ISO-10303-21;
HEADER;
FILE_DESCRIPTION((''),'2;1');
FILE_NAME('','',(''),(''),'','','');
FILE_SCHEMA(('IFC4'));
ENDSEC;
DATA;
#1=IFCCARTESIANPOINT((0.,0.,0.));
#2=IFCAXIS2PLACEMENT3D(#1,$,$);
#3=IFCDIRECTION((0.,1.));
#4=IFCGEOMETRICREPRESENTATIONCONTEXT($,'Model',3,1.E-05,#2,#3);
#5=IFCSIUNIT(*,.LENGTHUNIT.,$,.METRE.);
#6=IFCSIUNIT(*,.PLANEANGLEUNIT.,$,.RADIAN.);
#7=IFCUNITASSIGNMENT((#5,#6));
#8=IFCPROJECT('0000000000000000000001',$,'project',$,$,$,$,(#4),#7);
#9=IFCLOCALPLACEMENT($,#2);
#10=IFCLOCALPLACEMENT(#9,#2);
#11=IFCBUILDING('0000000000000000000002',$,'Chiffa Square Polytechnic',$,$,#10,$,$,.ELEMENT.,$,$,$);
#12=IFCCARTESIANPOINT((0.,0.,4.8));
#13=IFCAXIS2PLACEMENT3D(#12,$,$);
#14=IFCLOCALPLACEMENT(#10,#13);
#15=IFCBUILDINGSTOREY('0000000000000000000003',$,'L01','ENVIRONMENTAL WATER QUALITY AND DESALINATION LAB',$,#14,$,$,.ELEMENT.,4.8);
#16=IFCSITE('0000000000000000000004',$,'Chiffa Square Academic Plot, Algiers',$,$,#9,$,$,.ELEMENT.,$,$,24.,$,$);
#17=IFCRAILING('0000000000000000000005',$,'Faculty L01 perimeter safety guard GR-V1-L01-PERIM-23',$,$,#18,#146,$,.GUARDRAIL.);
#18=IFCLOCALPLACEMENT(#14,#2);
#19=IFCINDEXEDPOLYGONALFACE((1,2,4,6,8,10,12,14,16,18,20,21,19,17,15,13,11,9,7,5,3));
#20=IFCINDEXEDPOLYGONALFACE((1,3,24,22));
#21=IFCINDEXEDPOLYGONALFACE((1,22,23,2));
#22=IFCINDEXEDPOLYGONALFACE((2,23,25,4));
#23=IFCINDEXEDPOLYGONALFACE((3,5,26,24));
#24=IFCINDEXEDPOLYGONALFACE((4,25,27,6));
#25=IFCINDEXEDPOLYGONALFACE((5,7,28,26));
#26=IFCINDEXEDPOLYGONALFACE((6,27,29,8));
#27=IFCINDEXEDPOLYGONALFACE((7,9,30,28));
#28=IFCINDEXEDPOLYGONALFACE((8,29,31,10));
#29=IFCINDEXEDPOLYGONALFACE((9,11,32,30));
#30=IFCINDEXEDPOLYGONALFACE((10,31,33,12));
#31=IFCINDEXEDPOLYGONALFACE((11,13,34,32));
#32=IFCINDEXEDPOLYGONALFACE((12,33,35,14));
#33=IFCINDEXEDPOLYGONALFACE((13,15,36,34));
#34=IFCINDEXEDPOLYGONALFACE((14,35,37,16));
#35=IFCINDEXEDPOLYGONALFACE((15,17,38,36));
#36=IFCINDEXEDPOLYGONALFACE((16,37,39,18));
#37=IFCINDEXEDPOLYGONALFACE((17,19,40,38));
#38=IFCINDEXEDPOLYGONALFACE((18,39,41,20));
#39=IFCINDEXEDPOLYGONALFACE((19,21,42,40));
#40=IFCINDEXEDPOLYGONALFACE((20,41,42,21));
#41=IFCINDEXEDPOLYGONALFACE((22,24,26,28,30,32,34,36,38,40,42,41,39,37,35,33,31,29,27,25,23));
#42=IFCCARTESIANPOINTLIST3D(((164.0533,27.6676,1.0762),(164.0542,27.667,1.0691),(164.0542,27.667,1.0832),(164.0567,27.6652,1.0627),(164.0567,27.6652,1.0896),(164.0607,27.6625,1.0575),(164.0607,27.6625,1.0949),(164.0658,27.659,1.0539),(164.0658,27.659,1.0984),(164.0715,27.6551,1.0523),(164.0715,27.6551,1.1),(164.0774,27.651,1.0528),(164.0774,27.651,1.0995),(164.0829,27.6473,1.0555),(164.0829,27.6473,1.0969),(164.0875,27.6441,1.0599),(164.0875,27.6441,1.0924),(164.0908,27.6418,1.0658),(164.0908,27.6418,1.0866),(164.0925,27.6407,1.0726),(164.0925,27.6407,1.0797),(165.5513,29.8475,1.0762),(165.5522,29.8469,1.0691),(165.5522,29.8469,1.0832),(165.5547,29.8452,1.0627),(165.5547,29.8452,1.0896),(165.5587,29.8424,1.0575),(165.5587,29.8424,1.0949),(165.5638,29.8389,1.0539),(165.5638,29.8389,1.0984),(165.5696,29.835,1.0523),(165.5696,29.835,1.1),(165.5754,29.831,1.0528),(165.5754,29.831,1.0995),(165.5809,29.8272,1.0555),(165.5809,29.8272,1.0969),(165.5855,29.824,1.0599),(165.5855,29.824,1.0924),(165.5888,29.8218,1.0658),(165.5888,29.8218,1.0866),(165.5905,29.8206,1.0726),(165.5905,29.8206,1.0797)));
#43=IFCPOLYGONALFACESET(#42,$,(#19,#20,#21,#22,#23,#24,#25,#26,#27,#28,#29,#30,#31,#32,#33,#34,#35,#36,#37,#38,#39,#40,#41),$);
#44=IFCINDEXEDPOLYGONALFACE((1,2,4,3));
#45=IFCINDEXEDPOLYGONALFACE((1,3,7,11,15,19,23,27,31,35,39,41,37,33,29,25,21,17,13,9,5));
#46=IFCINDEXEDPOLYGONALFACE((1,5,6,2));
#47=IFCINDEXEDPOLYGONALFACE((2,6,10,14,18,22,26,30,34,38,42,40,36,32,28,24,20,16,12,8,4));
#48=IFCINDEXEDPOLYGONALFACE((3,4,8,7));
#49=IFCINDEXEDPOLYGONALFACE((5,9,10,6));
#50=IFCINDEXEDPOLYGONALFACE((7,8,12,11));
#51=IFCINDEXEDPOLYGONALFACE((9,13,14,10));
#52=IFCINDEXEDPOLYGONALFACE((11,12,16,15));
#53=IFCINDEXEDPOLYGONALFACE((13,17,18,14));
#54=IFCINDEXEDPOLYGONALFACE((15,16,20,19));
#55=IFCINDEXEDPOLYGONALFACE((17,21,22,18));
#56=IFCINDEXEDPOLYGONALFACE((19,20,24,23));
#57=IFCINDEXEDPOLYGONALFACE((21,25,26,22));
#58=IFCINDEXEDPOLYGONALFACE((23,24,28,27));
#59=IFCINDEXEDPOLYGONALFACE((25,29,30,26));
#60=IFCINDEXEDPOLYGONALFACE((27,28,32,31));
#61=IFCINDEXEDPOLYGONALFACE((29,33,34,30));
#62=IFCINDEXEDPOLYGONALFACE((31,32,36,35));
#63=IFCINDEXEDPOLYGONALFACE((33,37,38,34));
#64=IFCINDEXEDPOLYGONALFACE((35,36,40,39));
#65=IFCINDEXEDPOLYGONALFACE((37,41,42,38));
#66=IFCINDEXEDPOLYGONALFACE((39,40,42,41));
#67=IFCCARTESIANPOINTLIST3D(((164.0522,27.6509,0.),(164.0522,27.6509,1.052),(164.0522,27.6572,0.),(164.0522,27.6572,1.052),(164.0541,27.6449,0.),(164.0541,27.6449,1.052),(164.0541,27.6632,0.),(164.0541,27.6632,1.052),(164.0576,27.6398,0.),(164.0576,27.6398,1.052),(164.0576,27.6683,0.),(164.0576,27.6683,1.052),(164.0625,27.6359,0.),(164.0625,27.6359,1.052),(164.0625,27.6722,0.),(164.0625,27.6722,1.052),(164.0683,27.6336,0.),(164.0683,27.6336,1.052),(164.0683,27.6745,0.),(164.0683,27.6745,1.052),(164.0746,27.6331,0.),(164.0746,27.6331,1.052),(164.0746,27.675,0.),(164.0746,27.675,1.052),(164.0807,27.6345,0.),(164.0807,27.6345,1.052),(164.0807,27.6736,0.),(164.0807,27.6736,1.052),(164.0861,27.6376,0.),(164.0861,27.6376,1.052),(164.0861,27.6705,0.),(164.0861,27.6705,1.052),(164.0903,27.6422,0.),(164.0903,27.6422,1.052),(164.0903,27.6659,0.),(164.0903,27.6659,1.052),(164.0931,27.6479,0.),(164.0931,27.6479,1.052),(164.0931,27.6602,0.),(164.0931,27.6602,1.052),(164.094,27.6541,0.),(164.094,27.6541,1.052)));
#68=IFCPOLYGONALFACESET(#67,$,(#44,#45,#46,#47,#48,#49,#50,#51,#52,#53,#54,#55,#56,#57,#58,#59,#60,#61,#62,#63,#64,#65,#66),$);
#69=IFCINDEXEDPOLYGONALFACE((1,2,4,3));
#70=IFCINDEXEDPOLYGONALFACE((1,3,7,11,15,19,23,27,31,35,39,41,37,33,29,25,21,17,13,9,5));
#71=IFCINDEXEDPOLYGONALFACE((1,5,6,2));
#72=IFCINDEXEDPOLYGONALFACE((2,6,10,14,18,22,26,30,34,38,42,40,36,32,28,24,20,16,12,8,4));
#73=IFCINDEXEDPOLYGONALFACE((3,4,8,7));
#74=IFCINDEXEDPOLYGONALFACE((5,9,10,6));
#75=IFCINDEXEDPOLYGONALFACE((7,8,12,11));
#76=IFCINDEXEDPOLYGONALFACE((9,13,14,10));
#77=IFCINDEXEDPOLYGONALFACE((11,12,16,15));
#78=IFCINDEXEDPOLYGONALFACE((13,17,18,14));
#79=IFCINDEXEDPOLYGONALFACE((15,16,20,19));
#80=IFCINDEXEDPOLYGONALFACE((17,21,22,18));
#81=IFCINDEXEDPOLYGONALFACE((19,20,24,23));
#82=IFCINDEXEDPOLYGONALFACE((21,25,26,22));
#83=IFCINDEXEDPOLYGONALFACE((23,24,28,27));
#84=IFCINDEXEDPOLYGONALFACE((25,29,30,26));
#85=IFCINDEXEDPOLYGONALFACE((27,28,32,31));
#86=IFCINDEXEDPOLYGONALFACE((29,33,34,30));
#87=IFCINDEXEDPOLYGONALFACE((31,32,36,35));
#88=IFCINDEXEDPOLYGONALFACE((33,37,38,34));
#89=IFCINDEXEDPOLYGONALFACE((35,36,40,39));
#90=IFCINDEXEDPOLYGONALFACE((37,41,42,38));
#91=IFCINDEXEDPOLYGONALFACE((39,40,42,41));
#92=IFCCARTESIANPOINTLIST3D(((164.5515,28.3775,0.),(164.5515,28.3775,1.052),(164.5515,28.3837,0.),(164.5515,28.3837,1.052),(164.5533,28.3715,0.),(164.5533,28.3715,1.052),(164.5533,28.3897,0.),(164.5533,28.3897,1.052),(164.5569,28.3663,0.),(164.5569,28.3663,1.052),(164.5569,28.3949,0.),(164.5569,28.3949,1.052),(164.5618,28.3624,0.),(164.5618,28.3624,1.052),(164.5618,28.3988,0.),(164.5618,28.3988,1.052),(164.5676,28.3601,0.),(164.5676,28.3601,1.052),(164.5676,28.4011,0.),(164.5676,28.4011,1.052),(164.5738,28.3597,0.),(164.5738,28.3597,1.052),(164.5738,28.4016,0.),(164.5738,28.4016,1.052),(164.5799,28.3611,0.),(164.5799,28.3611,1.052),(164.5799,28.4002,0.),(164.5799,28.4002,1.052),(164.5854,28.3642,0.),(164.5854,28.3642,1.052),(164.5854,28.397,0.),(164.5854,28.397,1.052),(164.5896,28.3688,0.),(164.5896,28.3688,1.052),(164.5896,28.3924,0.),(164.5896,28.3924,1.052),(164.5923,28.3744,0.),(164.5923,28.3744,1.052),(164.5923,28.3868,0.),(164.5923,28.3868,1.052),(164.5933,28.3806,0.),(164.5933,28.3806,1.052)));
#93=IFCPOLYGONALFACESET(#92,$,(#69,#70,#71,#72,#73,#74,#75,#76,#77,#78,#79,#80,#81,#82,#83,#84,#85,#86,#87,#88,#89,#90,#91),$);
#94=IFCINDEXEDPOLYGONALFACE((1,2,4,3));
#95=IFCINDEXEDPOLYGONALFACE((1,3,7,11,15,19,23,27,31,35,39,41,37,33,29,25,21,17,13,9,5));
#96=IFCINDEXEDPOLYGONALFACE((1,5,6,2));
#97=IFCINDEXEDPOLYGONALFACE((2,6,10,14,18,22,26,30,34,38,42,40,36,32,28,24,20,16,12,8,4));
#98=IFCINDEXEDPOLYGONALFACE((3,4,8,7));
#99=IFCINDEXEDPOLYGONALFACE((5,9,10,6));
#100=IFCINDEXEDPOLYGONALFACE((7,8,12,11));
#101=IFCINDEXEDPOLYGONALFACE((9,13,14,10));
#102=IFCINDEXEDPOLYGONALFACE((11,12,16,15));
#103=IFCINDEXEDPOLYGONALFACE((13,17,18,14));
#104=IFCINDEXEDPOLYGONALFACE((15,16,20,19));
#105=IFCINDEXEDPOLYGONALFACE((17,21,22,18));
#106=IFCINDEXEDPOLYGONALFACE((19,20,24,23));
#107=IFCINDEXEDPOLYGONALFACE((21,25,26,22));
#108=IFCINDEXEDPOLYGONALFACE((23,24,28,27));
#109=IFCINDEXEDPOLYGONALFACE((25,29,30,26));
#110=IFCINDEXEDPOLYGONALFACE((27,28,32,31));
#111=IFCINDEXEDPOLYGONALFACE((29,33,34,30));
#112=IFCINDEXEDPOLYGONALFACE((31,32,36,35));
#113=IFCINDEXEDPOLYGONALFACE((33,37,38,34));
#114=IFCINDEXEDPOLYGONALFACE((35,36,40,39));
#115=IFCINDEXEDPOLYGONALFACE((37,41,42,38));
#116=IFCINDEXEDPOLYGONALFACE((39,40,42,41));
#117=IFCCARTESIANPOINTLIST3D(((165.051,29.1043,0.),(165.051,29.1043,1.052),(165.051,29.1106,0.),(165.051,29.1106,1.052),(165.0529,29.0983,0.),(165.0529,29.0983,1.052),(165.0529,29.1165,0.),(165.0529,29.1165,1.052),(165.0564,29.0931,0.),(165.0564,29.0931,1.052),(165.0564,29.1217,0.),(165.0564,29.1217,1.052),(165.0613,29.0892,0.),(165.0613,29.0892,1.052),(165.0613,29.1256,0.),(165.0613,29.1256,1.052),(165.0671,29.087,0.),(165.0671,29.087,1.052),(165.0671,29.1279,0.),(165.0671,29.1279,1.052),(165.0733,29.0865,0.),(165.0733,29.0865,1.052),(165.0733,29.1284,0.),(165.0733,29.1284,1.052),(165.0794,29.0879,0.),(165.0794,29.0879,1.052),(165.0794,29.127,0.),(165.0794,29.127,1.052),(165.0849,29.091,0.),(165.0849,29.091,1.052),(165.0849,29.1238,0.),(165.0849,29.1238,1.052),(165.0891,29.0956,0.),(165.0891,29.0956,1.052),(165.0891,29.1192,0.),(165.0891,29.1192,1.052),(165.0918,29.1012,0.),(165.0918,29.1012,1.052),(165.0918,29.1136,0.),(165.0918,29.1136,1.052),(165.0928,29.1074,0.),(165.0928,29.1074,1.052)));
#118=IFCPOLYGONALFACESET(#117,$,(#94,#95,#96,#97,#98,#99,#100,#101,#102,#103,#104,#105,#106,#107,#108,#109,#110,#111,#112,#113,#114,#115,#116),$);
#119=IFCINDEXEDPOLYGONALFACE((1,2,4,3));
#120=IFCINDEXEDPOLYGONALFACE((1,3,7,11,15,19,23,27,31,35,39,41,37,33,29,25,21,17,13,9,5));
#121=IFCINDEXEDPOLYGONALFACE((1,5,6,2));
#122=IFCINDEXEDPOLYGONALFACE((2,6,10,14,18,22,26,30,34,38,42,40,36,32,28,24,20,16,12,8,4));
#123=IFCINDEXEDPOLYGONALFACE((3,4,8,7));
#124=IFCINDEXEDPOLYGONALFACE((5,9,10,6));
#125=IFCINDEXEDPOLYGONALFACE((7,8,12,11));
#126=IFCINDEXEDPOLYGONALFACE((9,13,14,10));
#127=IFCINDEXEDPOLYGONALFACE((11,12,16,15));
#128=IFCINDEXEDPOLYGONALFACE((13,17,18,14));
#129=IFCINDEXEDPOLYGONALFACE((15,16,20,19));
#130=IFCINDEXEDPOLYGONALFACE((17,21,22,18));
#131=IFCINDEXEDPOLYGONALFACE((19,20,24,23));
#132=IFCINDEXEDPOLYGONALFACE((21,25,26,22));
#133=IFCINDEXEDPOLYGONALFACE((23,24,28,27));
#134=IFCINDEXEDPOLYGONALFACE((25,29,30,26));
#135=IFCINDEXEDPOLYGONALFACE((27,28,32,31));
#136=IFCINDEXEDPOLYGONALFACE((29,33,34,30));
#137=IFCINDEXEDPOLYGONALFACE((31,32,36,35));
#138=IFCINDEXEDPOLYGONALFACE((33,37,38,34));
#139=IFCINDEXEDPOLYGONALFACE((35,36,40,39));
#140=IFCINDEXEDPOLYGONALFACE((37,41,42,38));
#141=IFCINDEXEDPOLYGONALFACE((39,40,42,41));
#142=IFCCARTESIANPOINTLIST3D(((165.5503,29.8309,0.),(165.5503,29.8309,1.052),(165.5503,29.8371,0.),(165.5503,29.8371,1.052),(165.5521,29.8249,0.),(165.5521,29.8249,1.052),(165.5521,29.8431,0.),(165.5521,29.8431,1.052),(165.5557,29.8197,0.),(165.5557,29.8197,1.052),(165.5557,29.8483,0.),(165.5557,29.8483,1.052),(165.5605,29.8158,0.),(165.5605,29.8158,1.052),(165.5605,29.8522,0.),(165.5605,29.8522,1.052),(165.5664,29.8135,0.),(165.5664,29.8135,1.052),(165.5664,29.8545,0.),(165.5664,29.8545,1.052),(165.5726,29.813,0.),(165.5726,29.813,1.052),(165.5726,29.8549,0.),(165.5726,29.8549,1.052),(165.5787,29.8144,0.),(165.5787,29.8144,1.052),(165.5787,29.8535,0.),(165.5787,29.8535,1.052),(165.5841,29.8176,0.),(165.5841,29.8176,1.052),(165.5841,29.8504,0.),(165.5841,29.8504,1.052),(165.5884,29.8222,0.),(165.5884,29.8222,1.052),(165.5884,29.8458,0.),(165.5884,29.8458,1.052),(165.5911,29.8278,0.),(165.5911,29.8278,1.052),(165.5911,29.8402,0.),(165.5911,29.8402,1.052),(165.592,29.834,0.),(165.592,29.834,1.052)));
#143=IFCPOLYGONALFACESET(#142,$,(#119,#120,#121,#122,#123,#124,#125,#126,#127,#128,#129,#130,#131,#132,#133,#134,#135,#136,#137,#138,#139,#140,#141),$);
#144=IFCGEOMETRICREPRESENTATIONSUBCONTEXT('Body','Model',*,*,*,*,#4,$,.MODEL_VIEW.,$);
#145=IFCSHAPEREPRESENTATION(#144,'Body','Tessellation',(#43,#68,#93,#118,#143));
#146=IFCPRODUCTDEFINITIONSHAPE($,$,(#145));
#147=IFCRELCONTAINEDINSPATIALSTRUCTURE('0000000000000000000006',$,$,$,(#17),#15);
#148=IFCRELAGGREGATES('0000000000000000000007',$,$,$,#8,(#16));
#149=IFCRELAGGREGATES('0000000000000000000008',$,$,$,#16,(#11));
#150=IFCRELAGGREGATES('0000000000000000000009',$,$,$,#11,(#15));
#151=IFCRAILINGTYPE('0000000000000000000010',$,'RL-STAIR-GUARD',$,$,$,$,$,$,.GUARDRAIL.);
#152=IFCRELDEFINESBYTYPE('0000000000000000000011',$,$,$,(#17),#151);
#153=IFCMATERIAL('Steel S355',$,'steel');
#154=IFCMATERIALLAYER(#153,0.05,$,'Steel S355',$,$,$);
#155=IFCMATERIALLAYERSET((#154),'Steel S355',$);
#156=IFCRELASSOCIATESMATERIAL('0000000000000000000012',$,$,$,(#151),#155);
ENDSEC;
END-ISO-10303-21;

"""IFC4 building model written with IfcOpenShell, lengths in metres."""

from ifc_helpers import new_model, si_unit, direction, frame, origin, origin_2d, place, context, subcontext, project, spatial, circle, extrude, material, layer, layer_set, type_object, element, save


model = new_model("IFC4")

# Units and contexts
model_context = context("Model", 3, precision=1e-05, world=origin(), true_north=direction((0.0, 1.0)))
body_context = subcontext(model_context, "Body", "Model", "MODEL_VIEW")
ifc_project = project(units=[si_unit("LENGTHUNIT", "METRE"), si_unit("PLANEANGLEUNIT", "RADIAN")], contexts=[model_context])

# Site, building, storey
site_placement = place(None, origin())
site = spatial("IfcSite", under=ifc_project, at=site_placement, Name="Chiffa Square Academic Plot, Algiers", CompositionType="ELEMENT", RefElevation=24.0)
building_placement = place(site_placement, origin())
building = spatial("IfcBuilding", under=site, at=building_placement, Name="Chiffa Square Polytechnic", CompositionType="ELEMENT")
storey_placement = place(building_placement, frame((0.0, 0.0, 4.8)))
storey = spatial("IfcBuildingStorey", under=building, at=storey_placement, Name="L01", Description="ENVIRONMENTAL WATER QUALITY AND DESALINATION LAB", CompositionType="ELEMENT", Elevation=4.8)

# Shared definitions
ifc_material_1 = material(Name="Steel S355", Category="steel")

# Railing
ifc_layer_1 = layer(ifc_material_1, 0.05, Name="Steel S355")
ifc_layer_set_1 = layer_set([ifc_layer_1], Name="Steel S355")
railing_type = type_object("IfcRailingType", Name="RL-STAIR-GUARD", PredefinedType="GUARDRAIL", material=ifc_layer_set_1)
railing_1_placement = place(storey_placement, frame((164.073, 27.6541, 0.0)))
element("IfcRailing", 1, at=railing_1_placement, inside=storey, type_object=railing_type, Name="Faculty L01 perimeter safety guard GR-V1-L01-PERIM-23", PredefinedType="GUARDRAIL", context=body_context, shape_type="SweptSolid", body=[
    extrude(circle(Radius=0.0239, at=origin_2d()), frame((0.0, 0.0, 1.0762), z_axis=(0.56636, 0.824158, 0.0), x_axis=(-0.824158, 0.56636, 0.0)), (0.0, 0.0, 1.0), 2.645),
    extrude(circle(Radius=0.021, at=origin_2d()), origin(), (0.0, 0.0, 1.0), 1.052),
    extrude(circle(Radius=0.021, at=origin_2d()), frame((0.4993, 0.7266, 0.0)), (0.0, 0.0, 1.0), 1.052),
    extrude(circle(Radius=0.021, at=origin_2d()), frame((0.9988, 1.4534, 0.0)), (0.0, 0.0, 1.0), 1.052),
    extrude(circle(Radius=0.021, at=origin_2d()), frame((1.498, 2.1799, 0.0)), (0.0, 0.0, 1.0), 1.052),
])

save(model, "model.ifc")
